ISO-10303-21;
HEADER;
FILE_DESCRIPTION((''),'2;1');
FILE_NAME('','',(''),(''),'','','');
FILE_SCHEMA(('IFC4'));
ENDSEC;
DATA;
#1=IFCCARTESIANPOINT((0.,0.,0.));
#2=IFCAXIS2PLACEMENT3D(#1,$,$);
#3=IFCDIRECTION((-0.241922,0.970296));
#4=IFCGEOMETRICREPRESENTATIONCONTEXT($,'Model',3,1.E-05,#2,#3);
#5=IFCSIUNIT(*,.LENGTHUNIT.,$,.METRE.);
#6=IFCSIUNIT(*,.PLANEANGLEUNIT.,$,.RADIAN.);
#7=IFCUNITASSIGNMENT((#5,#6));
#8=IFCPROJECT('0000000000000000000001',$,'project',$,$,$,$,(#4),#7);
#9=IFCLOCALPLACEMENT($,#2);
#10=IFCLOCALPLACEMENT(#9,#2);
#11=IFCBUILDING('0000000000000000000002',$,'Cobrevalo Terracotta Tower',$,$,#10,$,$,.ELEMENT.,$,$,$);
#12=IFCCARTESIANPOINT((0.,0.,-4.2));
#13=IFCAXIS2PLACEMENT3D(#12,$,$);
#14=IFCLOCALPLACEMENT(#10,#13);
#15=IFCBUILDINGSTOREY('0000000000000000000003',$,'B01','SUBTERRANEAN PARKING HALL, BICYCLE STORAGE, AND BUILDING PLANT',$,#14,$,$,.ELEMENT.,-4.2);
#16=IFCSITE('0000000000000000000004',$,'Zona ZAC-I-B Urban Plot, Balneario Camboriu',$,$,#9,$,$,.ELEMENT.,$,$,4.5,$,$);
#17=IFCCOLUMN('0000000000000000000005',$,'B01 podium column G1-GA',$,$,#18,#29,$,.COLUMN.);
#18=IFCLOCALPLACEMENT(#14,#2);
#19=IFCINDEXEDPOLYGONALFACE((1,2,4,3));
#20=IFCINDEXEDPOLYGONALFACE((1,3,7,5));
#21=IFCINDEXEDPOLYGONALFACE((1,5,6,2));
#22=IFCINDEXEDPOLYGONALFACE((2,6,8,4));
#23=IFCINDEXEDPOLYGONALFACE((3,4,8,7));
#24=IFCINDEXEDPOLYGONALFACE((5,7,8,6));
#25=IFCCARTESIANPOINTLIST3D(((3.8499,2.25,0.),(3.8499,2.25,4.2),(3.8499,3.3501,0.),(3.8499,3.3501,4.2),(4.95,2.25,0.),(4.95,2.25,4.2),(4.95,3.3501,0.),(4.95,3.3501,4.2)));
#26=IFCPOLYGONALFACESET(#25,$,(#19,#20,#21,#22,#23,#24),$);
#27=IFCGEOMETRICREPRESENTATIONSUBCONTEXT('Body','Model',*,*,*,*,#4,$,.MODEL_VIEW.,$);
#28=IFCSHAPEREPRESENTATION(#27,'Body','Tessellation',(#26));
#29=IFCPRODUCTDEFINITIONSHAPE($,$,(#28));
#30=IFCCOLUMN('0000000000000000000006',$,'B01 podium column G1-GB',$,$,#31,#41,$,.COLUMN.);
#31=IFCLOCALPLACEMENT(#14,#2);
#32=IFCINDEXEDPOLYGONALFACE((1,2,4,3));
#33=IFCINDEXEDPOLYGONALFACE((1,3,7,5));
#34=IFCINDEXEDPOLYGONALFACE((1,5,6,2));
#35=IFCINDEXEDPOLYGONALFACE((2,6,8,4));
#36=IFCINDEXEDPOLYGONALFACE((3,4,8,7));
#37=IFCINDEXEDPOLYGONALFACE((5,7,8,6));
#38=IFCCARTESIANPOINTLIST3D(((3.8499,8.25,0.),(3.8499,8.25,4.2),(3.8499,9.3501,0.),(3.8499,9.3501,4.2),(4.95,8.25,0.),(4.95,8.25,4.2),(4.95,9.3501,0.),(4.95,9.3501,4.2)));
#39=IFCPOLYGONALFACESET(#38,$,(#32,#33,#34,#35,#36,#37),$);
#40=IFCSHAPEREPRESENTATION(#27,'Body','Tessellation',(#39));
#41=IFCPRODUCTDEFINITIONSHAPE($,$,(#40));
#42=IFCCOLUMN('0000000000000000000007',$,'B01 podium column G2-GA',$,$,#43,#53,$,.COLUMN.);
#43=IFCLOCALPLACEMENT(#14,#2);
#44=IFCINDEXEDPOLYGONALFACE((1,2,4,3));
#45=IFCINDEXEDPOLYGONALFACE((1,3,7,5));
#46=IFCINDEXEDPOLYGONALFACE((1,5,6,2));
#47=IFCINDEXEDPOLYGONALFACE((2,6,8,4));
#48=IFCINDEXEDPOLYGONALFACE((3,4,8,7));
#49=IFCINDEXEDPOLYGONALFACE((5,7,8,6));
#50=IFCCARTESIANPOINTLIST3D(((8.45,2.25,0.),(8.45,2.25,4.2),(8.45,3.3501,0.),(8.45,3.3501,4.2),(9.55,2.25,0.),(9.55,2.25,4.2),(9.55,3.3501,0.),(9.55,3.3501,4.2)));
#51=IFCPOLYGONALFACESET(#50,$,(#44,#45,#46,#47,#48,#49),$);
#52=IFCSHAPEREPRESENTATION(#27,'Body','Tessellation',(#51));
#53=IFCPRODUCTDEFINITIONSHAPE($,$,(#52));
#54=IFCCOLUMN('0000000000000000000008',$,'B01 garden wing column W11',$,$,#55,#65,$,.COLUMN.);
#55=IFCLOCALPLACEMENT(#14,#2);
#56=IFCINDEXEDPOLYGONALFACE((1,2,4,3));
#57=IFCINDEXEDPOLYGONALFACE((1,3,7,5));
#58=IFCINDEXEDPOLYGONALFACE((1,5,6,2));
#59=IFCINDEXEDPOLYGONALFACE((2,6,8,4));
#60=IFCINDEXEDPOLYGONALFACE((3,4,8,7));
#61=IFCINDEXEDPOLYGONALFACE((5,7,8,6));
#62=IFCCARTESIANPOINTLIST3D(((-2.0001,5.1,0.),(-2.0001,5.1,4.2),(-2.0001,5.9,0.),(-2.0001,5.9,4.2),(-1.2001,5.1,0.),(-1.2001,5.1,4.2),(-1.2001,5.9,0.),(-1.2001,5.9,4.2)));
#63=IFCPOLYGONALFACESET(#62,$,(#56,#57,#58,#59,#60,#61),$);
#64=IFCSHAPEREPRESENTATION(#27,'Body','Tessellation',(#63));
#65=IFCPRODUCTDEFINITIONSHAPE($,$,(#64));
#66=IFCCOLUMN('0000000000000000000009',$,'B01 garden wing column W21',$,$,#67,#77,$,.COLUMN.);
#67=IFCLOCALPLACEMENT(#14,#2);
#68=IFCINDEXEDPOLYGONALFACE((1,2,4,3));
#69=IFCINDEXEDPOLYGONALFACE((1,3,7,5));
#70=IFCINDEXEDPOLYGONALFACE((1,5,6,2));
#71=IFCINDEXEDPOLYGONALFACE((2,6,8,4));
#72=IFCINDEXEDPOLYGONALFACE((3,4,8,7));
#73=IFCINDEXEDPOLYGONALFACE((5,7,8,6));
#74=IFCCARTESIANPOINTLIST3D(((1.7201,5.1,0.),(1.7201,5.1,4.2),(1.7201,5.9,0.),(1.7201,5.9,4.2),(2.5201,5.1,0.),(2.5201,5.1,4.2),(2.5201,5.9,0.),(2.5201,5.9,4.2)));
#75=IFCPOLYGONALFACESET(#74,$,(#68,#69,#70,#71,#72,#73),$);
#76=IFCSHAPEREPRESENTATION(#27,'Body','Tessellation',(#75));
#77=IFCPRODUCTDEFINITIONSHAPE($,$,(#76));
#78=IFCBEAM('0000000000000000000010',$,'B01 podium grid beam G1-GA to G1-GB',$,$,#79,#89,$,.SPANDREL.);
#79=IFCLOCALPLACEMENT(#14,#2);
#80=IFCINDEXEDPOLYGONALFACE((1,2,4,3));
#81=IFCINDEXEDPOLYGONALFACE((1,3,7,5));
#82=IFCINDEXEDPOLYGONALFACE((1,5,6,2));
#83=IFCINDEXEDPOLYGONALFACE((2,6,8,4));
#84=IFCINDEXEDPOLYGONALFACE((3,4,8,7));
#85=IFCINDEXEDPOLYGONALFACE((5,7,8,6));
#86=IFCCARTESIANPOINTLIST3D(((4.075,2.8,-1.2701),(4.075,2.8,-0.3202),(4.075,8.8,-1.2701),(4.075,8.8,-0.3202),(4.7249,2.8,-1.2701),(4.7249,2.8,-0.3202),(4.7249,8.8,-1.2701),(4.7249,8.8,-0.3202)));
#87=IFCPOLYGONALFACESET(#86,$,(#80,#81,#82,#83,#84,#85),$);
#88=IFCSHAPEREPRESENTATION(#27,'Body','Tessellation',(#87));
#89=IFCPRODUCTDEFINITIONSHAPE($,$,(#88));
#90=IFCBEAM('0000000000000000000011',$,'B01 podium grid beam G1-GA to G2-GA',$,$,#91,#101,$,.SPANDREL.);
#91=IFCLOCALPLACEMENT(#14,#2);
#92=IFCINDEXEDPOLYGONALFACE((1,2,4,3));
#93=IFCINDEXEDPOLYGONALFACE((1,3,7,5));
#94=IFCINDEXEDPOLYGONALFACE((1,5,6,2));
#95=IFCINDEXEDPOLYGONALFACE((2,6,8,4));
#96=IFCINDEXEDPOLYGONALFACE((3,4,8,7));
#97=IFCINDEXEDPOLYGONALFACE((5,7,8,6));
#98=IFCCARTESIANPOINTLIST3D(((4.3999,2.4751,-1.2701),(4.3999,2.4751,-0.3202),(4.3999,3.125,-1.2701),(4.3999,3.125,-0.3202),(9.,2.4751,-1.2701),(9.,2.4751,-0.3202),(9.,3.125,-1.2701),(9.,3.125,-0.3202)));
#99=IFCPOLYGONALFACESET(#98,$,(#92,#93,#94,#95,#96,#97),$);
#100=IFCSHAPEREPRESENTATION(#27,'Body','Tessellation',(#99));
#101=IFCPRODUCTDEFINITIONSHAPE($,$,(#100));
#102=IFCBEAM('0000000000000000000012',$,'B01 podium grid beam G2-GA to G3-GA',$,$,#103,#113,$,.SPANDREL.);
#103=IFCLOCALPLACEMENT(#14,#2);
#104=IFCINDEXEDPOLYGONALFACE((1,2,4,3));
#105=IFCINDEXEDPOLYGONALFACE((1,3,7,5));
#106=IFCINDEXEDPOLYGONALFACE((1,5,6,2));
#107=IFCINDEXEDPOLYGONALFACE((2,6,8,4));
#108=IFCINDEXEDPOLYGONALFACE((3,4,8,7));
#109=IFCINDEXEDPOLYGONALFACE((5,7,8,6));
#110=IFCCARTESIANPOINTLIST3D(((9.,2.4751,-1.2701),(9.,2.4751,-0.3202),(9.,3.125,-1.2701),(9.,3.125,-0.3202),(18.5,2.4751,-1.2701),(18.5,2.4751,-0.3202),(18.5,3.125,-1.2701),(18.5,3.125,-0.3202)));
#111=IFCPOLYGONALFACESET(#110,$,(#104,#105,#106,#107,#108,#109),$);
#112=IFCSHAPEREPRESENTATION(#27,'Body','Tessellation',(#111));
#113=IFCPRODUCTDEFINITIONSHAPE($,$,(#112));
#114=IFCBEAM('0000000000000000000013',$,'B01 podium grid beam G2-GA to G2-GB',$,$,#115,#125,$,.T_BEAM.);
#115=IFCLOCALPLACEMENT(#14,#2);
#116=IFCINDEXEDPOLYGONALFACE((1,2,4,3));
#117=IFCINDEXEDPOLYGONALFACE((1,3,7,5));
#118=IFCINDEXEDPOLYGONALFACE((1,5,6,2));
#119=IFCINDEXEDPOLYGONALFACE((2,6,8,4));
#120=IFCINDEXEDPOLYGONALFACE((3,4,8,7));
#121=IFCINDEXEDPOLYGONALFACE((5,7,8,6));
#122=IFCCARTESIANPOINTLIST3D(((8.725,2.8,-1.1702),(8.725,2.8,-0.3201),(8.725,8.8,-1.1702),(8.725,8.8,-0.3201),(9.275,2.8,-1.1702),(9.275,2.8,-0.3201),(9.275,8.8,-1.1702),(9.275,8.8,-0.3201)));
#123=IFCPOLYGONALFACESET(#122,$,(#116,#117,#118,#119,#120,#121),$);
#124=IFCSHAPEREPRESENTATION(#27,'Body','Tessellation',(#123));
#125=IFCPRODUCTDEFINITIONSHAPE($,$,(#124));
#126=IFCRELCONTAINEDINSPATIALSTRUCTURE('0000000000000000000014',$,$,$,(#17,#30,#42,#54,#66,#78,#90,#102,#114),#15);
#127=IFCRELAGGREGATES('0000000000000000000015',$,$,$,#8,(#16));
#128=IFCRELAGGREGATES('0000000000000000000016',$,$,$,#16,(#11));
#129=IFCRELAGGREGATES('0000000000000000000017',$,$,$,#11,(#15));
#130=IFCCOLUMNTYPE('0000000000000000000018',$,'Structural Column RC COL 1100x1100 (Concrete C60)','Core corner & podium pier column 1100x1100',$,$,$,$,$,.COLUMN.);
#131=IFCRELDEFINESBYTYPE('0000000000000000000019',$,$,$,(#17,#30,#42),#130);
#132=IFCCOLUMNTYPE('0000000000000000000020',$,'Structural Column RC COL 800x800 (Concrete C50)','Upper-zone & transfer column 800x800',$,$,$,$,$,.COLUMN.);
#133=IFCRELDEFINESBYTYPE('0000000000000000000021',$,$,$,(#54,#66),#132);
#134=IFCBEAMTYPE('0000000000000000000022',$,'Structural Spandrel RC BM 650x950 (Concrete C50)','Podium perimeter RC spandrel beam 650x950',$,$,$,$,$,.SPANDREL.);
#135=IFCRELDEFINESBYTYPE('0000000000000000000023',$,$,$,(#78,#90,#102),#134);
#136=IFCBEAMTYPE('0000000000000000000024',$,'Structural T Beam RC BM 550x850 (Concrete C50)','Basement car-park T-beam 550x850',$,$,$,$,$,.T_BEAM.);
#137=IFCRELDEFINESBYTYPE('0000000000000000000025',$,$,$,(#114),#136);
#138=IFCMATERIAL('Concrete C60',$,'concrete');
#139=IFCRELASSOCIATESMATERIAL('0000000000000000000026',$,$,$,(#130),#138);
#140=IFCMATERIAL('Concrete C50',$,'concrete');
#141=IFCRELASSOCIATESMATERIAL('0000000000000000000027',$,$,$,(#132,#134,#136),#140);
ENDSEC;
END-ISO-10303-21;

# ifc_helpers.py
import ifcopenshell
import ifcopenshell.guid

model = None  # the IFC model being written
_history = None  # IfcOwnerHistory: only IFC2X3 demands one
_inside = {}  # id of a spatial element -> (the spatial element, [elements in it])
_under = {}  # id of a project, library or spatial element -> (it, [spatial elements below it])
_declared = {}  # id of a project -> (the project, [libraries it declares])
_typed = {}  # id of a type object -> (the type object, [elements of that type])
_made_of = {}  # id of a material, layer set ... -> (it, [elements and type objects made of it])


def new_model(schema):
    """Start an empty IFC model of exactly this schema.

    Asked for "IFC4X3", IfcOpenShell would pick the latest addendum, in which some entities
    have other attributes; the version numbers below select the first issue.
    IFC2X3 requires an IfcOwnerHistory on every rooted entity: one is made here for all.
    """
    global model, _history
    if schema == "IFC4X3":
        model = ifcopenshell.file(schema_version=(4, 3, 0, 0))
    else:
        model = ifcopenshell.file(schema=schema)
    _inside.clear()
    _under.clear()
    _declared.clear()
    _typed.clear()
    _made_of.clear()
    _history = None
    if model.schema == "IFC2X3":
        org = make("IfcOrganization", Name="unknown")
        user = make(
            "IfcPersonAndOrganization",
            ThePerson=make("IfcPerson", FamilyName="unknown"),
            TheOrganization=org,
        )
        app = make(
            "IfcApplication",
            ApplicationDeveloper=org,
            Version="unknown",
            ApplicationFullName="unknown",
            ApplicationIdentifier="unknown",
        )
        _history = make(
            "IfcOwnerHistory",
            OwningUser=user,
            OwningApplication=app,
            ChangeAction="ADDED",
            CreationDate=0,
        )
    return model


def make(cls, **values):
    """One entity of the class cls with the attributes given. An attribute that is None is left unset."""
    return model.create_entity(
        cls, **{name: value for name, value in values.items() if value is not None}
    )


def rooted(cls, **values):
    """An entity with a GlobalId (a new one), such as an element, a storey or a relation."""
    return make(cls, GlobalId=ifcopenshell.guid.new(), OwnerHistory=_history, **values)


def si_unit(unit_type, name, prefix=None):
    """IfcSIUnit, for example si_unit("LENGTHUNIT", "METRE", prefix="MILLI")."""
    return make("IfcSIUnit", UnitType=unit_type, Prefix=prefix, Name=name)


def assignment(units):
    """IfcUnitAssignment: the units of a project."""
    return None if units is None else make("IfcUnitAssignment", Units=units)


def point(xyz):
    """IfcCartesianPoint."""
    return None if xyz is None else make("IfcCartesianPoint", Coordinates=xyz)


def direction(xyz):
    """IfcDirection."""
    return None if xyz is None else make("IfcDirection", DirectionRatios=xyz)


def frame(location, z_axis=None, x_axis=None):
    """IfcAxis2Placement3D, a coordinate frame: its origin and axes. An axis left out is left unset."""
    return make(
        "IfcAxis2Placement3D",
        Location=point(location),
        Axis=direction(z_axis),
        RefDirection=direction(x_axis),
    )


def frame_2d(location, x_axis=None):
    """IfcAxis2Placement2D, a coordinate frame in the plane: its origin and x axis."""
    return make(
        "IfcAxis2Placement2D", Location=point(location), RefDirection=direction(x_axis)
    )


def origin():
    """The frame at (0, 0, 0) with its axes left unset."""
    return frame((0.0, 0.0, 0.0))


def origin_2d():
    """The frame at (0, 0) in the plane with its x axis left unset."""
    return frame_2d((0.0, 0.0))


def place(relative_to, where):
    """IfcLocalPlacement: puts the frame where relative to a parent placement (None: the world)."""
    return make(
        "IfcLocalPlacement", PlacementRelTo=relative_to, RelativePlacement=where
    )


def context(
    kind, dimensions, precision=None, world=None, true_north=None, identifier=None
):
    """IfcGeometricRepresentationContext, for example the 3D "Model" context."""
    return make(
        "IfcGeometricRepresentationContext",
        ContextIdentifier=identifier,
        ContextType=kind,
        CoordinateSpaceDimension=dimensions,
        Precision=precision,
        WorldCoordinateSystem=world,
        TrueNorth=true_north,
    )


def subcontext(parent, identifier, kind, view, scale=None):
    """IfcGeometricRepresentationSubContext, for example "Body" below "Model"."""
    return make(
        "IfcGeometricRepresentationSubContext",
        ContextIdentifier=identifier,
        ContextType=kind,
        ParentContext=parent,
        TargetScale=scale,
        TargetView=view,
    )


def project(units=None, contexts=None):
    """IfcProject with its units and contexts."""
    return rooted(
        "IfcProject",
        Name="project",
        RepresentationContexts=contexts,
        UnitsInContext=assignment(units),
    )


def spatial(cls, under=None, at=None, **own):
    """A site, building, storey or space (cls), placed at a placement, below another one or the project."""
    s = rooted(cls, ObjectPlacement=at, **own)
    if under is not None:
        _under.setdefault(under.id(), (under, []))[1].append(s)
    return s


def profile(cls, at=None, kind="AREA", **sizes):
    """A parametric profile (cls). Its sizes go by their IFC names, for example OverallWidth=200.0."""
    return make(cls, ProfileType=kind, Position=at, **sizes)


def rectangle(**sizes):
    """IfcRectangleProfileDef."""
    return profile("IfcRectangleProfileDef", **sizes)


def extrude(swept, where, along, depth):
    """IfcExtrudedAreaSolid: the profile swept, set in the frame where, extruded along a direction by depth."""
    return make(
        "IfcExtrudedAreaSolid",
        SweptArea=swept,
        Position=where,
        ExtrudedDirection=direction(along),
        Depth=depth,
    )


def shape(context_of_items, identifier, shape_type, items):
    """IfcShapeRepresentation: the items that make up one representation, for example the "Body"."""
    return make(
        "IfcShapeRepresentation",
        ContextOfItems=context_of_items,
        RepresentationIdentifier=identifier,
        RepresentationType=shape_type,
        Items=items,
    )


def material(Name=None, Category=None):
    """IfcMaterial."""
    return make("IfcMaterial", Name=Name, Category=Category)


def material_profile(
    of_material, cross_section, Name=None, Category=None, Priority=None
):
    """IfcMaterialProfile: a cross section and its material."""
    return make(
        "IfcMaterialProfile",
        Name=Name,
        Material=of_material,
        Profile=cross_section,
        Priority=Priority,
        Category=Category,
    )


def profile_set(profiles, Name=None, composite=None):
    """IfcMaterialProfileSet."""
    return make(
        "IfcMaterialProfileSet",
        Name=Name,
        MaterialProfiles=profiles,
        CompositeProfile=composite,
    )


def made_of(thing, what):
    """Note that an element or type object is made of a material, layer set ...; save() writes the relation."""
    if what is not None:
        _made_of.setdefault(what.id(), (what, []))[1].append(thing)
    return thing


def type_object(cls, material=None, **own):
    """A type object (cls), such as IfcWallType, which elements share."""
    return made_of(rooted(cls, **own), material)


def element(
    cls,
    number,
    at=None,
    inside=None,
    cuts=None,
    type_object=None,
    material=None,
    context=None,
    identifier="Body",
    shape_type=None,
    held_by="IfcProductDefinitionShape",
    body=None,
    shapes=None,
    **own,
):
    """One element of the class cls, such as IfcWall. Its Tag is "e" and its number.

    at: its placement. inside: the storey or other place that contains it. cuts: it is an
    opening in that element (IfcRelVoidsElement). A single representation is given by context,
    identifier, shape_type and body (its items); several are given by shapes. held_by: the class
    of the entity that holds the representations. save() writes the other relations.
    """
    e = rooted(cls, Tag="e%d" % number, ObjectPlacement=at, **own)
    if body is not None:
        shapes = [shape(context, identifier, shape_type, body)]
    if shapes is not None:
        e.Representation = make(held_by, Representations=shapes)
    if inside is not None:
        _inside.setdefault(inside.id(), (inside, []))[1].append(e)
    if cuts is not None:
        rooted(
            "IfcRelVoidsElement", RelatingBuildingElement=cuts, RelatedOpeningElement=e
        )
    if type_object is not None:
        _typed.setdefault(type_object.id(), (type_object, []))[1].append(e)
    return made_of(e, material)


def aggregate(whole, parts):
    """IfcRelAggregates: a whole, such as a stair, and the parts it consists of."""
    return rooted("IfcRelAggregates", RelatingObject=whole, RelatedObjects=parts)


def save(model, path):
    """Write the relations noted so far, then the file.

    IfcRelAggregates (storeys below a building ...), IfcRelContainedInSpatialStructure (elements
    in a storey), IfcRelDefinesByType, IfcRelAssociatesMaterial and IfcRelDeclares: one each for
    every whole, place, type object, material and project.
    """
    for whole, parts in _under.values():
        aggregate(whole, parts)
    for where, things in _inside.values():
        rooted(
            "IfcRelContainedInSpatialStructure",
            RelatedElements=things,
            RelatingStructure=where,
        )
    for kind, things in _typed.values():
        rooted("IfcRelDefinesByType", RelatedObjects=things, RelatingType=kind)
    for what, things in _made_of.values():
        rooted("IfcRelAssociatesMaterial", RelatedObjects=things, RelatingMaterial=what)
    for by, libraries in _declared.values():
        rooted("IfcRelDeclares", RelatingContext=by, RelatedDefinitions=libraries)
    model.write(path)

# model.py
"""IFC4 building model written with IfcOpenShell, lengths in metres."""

from ifc_helpers import new_model, si_unit, direction, frame, origin, origin_2d, place, context, subcontext, project, spatial, rectangle, extrude, material, material_profile, profile_set, type_object, element, save


model = new_model("IFC4")

# Units and contexts
model_context = context("Model", 3, precision=1e-05, world=origin(), true_north=direction((-0.241922, 0.970296)))
body_context = subcontext(model_context, "Body", "Model", "MODEL_VIEW")
ifc_project = project(units=[si_unit("LENGTHUNIT", "METRE"), si_unit("PLANEANGLEUNIT", "RADIAN")], contexts=[model_context])

# Site, building, storey
site_placement = place(None, origin())
site = spatial("IfcSite", under=ifc_project, at=site_placement, Name="Zona ZAC-I-B Urban Plot, Balneario Camboriu", CompositionType="ELEMENT", RefElevation=4.5)
building_placement = place(site_placement, origin())
building = spatial("IfcBuilding", under=site, at=building_placement, Name="Cobrevalo Terracotta Tower", CompositionType="ELEMENT")
storey_placement = place(building_placement, frame((0.0, 0.0, -4.2)))
storey = spatial("IfcBuildingStorey", under=building, at=storey_placement, Name="B01", Description="SUBTERRANEAN PARKING HALL, BICYCLE STORAGE, AND BUILDING PLANT", CompositionType="ELEMENT", Elevation=-4.2)

# Columns
ifc_material_1 = material(Name="Concrete C60", Category="concrete")
ifc_material_profile_1 = material_profile(ifc_material_1, rectangle(XDim=1.1001, YDim=1.1001, at=origin_2d()), Name="RC COL 1100x1100")
ifc_profile_set_1 = profile_set([ifc_material_profile_1], Name="Concrete C60")
column_type_1 = type_object("IfcColumnType", Name="Structural Column RC COL 1100x1100 (Concrete C60)", Description="Core corner & podium pier column 1100x1100", PredefinedType="COLUMN", material=ifc_profile_set_1)
for number, where, z_axis, x_axis, name in (
    (1, (4.3999, 2.8, 0.0), (0.0, 0.0, 1.0), (1.0, 0.0, 0.0), "B01 podium column G1-GA"),
    (2, (4.3999, 8.8, 0.0), (0.0, 0.0, 1.0), (1.0, 0.0, 0.0), "B01 podium column G1-GB"),
    (3, (9.0, 2.8, 0.0), (0.0, 0.0, 1.0), (1.0, 0.0, 0.0), "B01 podium column G2-GA"),
):
    element("IfcColumn", number, at=place(storey_placement, frame(where, z_axis=z_axis, x_axis=x_axis)), inside=storey, type_object=column_type_1, Name=name, PredefinedType="COLUMN", context=body_context, shape_type="SweptSolid", body=[
        extrude(rectangle(XDim=1.1001, YDim=1.1001, at=origin_2d()), origin(), (0.0, 0.0, 1.0), 4.2),
    ])
ifc_material_2 = material(Name="Concrete C50", Category="concrete")
ifc_material_profile_2 = material_profile(ifc_material_2, rectangle(XDim=0.8, YDim=0.8, at=origin_2d()), Name="RC COL 800x800")
ifc_profile_set_2 = profile_set([ifc_material_profile_2], Name="Concrete C50")
column_type_2 = type_object("IfcColumnType", Name="Structural Column RC COL 800x800 (Concrete C50)", Description="Upper-zone & transfer column 800x800", PredefinedType="COLUMN", material=ifc_profile_set_2)
for number, where, z_axis, x_axis, name in (
    (4, (-1.6001, 5.5, 0.0), (0.0, 0.0, 1.0), (1.0, 0.0, 0.0), "B01 garden wing column W11"),
    (5, (2.1201, 5.5, 0.0), (0.0, 0.0, 1.0), (1.0, 0.0, 0.0), "B01 garden wing column W21"),
):
    element("IfcColumn", number, at=place(storey_placement, frame(where, z_axis=z_axis, x_axis=x_axis)), inside=storey, type_object=column_type_2, Name=name, PredefinedType="COLUMN", context=body_context, shape_type="SweptSolid", body=[
        extrude(rectangle(XDim=0.8, YDim=0.8, at=origin_2d()), origin(), (0.0, 0.0, 1.0), 4.2),
    ])

# Beams
ifc_material_profile_3 = material_profile(ifc_material_2, rectangle(XDim=0.6499, YDim=0.95, at=origin_2d()), Name="RC BM 650x950")
ifc_profile_set_3 = profile_set([ifc_material_profile_3], Name="Concrete C50")
beam_type_1 = type_object("IfcBeamType", Name="Structural Spandrel RC BM 650x950 (Concrete C50)", Description="Podium perimeter RC spandrel beam 650x950", PredefinedType="SPANDREL", material=ifc_profile_set_3)
beam_1_placement = place(storey_placement, frame((4.3999, 2.8, -0.7952), z_axis=(0.0, 1.0, 0.0), x_axis=(-1.0, 0.0, 0.0)))
element("IfcBeam", 6, at=beam_1_placement, inside=storey, type_object=beam_type_1, Name="B01 podium grid beam G1-GA to G1-GB", PredefinedType="SPANDREL", context=body_context, shape_type="SweptSolid", body=[
    extrude(rectangle(XDim=0.6499, YDim=0.95, at=origin_2d()), origin(), (0.0, 0.0, 1.0), 6.0),
])
beam_2_placement = place(storey_placement, frame((4.3999, 2.8, -0.7952), z_axis=(1.0, 0.0, 0.0), x_axis=(0.0, 1.0, 0.0)))
element("IfcBeam", 7, at=beam_2_placement, inside=storey, type_object=beam_type_1, Name="B01 podium grid beam G1-GA to G2-GA", PredefinedType="SPANDREL", context=body_context, shape_type="SweptSolid", body=[
    extrude(rectangle(XDim=0.6499, YDim=0.95, at=origin_2d()), origin(), (0.0, 0.0, 1.0), 4.6001),
])
beam_3_placement = place(storey_placement, frame((9.0, 2.8, -0.7952), z_axis=(1.0, 0.0, 0.0), x_axis=(0.0, 1.0, 0.0)))
element("IfcBeam", 8, at=beam_3_placement, inside=storey, type_object=beam_type_1, Name="B01 podium grid beam G2-GA to G3-GA", PredefinedType="SPANDREL", context=body_context, shape_type="SweptSolid", body=[
    extrude(rectangle(XDim=0.6499, YDim=0.95, at=origin_2d()), origin(), (0.0, 0.0, 1.0), 9.5),
])
ifc_material_profile_4 = material_profile(ifc_material_2, rectangle(XDim=0.55, YDim=0.8501, at=origin_2d()), Name="RC BM 550x850")
ifc_profile_set_4 = profile_set([ifc_material_profile_4], Name="Concrete C50")
beam_type_2 = type_object("IfcBeamType", Name="Structural T Beam RC BM 550x850 (Concrete C50)", Description="Basement car-park T-beam 550x850", PredefinedType="T_BEAM", material=ifc_profile_set_4)
beam_4_placement = place(storey_placement, frame((9.0, 2.8, -0.7451), z_axis=(0.0, 1.0, 0.0), x_axis=(-1.0, 0.0, 0.0)))
element("IfcBeam", 9, at=beam_4_placement, inside=storey, type_object=beam_type_2, Name="B01 podium grid beam G2-GA to G2-GB", PredefinedType="T_BEAM", context=body_context, shape_type="SweptSolid", body=[
    extrude(rectangle(XDim=0.55, YDim=0.8501, at=origin_2d()), origin(), (0.0, 0.0, 1.0), 6.0),
])

save(model, "model.ifc")
